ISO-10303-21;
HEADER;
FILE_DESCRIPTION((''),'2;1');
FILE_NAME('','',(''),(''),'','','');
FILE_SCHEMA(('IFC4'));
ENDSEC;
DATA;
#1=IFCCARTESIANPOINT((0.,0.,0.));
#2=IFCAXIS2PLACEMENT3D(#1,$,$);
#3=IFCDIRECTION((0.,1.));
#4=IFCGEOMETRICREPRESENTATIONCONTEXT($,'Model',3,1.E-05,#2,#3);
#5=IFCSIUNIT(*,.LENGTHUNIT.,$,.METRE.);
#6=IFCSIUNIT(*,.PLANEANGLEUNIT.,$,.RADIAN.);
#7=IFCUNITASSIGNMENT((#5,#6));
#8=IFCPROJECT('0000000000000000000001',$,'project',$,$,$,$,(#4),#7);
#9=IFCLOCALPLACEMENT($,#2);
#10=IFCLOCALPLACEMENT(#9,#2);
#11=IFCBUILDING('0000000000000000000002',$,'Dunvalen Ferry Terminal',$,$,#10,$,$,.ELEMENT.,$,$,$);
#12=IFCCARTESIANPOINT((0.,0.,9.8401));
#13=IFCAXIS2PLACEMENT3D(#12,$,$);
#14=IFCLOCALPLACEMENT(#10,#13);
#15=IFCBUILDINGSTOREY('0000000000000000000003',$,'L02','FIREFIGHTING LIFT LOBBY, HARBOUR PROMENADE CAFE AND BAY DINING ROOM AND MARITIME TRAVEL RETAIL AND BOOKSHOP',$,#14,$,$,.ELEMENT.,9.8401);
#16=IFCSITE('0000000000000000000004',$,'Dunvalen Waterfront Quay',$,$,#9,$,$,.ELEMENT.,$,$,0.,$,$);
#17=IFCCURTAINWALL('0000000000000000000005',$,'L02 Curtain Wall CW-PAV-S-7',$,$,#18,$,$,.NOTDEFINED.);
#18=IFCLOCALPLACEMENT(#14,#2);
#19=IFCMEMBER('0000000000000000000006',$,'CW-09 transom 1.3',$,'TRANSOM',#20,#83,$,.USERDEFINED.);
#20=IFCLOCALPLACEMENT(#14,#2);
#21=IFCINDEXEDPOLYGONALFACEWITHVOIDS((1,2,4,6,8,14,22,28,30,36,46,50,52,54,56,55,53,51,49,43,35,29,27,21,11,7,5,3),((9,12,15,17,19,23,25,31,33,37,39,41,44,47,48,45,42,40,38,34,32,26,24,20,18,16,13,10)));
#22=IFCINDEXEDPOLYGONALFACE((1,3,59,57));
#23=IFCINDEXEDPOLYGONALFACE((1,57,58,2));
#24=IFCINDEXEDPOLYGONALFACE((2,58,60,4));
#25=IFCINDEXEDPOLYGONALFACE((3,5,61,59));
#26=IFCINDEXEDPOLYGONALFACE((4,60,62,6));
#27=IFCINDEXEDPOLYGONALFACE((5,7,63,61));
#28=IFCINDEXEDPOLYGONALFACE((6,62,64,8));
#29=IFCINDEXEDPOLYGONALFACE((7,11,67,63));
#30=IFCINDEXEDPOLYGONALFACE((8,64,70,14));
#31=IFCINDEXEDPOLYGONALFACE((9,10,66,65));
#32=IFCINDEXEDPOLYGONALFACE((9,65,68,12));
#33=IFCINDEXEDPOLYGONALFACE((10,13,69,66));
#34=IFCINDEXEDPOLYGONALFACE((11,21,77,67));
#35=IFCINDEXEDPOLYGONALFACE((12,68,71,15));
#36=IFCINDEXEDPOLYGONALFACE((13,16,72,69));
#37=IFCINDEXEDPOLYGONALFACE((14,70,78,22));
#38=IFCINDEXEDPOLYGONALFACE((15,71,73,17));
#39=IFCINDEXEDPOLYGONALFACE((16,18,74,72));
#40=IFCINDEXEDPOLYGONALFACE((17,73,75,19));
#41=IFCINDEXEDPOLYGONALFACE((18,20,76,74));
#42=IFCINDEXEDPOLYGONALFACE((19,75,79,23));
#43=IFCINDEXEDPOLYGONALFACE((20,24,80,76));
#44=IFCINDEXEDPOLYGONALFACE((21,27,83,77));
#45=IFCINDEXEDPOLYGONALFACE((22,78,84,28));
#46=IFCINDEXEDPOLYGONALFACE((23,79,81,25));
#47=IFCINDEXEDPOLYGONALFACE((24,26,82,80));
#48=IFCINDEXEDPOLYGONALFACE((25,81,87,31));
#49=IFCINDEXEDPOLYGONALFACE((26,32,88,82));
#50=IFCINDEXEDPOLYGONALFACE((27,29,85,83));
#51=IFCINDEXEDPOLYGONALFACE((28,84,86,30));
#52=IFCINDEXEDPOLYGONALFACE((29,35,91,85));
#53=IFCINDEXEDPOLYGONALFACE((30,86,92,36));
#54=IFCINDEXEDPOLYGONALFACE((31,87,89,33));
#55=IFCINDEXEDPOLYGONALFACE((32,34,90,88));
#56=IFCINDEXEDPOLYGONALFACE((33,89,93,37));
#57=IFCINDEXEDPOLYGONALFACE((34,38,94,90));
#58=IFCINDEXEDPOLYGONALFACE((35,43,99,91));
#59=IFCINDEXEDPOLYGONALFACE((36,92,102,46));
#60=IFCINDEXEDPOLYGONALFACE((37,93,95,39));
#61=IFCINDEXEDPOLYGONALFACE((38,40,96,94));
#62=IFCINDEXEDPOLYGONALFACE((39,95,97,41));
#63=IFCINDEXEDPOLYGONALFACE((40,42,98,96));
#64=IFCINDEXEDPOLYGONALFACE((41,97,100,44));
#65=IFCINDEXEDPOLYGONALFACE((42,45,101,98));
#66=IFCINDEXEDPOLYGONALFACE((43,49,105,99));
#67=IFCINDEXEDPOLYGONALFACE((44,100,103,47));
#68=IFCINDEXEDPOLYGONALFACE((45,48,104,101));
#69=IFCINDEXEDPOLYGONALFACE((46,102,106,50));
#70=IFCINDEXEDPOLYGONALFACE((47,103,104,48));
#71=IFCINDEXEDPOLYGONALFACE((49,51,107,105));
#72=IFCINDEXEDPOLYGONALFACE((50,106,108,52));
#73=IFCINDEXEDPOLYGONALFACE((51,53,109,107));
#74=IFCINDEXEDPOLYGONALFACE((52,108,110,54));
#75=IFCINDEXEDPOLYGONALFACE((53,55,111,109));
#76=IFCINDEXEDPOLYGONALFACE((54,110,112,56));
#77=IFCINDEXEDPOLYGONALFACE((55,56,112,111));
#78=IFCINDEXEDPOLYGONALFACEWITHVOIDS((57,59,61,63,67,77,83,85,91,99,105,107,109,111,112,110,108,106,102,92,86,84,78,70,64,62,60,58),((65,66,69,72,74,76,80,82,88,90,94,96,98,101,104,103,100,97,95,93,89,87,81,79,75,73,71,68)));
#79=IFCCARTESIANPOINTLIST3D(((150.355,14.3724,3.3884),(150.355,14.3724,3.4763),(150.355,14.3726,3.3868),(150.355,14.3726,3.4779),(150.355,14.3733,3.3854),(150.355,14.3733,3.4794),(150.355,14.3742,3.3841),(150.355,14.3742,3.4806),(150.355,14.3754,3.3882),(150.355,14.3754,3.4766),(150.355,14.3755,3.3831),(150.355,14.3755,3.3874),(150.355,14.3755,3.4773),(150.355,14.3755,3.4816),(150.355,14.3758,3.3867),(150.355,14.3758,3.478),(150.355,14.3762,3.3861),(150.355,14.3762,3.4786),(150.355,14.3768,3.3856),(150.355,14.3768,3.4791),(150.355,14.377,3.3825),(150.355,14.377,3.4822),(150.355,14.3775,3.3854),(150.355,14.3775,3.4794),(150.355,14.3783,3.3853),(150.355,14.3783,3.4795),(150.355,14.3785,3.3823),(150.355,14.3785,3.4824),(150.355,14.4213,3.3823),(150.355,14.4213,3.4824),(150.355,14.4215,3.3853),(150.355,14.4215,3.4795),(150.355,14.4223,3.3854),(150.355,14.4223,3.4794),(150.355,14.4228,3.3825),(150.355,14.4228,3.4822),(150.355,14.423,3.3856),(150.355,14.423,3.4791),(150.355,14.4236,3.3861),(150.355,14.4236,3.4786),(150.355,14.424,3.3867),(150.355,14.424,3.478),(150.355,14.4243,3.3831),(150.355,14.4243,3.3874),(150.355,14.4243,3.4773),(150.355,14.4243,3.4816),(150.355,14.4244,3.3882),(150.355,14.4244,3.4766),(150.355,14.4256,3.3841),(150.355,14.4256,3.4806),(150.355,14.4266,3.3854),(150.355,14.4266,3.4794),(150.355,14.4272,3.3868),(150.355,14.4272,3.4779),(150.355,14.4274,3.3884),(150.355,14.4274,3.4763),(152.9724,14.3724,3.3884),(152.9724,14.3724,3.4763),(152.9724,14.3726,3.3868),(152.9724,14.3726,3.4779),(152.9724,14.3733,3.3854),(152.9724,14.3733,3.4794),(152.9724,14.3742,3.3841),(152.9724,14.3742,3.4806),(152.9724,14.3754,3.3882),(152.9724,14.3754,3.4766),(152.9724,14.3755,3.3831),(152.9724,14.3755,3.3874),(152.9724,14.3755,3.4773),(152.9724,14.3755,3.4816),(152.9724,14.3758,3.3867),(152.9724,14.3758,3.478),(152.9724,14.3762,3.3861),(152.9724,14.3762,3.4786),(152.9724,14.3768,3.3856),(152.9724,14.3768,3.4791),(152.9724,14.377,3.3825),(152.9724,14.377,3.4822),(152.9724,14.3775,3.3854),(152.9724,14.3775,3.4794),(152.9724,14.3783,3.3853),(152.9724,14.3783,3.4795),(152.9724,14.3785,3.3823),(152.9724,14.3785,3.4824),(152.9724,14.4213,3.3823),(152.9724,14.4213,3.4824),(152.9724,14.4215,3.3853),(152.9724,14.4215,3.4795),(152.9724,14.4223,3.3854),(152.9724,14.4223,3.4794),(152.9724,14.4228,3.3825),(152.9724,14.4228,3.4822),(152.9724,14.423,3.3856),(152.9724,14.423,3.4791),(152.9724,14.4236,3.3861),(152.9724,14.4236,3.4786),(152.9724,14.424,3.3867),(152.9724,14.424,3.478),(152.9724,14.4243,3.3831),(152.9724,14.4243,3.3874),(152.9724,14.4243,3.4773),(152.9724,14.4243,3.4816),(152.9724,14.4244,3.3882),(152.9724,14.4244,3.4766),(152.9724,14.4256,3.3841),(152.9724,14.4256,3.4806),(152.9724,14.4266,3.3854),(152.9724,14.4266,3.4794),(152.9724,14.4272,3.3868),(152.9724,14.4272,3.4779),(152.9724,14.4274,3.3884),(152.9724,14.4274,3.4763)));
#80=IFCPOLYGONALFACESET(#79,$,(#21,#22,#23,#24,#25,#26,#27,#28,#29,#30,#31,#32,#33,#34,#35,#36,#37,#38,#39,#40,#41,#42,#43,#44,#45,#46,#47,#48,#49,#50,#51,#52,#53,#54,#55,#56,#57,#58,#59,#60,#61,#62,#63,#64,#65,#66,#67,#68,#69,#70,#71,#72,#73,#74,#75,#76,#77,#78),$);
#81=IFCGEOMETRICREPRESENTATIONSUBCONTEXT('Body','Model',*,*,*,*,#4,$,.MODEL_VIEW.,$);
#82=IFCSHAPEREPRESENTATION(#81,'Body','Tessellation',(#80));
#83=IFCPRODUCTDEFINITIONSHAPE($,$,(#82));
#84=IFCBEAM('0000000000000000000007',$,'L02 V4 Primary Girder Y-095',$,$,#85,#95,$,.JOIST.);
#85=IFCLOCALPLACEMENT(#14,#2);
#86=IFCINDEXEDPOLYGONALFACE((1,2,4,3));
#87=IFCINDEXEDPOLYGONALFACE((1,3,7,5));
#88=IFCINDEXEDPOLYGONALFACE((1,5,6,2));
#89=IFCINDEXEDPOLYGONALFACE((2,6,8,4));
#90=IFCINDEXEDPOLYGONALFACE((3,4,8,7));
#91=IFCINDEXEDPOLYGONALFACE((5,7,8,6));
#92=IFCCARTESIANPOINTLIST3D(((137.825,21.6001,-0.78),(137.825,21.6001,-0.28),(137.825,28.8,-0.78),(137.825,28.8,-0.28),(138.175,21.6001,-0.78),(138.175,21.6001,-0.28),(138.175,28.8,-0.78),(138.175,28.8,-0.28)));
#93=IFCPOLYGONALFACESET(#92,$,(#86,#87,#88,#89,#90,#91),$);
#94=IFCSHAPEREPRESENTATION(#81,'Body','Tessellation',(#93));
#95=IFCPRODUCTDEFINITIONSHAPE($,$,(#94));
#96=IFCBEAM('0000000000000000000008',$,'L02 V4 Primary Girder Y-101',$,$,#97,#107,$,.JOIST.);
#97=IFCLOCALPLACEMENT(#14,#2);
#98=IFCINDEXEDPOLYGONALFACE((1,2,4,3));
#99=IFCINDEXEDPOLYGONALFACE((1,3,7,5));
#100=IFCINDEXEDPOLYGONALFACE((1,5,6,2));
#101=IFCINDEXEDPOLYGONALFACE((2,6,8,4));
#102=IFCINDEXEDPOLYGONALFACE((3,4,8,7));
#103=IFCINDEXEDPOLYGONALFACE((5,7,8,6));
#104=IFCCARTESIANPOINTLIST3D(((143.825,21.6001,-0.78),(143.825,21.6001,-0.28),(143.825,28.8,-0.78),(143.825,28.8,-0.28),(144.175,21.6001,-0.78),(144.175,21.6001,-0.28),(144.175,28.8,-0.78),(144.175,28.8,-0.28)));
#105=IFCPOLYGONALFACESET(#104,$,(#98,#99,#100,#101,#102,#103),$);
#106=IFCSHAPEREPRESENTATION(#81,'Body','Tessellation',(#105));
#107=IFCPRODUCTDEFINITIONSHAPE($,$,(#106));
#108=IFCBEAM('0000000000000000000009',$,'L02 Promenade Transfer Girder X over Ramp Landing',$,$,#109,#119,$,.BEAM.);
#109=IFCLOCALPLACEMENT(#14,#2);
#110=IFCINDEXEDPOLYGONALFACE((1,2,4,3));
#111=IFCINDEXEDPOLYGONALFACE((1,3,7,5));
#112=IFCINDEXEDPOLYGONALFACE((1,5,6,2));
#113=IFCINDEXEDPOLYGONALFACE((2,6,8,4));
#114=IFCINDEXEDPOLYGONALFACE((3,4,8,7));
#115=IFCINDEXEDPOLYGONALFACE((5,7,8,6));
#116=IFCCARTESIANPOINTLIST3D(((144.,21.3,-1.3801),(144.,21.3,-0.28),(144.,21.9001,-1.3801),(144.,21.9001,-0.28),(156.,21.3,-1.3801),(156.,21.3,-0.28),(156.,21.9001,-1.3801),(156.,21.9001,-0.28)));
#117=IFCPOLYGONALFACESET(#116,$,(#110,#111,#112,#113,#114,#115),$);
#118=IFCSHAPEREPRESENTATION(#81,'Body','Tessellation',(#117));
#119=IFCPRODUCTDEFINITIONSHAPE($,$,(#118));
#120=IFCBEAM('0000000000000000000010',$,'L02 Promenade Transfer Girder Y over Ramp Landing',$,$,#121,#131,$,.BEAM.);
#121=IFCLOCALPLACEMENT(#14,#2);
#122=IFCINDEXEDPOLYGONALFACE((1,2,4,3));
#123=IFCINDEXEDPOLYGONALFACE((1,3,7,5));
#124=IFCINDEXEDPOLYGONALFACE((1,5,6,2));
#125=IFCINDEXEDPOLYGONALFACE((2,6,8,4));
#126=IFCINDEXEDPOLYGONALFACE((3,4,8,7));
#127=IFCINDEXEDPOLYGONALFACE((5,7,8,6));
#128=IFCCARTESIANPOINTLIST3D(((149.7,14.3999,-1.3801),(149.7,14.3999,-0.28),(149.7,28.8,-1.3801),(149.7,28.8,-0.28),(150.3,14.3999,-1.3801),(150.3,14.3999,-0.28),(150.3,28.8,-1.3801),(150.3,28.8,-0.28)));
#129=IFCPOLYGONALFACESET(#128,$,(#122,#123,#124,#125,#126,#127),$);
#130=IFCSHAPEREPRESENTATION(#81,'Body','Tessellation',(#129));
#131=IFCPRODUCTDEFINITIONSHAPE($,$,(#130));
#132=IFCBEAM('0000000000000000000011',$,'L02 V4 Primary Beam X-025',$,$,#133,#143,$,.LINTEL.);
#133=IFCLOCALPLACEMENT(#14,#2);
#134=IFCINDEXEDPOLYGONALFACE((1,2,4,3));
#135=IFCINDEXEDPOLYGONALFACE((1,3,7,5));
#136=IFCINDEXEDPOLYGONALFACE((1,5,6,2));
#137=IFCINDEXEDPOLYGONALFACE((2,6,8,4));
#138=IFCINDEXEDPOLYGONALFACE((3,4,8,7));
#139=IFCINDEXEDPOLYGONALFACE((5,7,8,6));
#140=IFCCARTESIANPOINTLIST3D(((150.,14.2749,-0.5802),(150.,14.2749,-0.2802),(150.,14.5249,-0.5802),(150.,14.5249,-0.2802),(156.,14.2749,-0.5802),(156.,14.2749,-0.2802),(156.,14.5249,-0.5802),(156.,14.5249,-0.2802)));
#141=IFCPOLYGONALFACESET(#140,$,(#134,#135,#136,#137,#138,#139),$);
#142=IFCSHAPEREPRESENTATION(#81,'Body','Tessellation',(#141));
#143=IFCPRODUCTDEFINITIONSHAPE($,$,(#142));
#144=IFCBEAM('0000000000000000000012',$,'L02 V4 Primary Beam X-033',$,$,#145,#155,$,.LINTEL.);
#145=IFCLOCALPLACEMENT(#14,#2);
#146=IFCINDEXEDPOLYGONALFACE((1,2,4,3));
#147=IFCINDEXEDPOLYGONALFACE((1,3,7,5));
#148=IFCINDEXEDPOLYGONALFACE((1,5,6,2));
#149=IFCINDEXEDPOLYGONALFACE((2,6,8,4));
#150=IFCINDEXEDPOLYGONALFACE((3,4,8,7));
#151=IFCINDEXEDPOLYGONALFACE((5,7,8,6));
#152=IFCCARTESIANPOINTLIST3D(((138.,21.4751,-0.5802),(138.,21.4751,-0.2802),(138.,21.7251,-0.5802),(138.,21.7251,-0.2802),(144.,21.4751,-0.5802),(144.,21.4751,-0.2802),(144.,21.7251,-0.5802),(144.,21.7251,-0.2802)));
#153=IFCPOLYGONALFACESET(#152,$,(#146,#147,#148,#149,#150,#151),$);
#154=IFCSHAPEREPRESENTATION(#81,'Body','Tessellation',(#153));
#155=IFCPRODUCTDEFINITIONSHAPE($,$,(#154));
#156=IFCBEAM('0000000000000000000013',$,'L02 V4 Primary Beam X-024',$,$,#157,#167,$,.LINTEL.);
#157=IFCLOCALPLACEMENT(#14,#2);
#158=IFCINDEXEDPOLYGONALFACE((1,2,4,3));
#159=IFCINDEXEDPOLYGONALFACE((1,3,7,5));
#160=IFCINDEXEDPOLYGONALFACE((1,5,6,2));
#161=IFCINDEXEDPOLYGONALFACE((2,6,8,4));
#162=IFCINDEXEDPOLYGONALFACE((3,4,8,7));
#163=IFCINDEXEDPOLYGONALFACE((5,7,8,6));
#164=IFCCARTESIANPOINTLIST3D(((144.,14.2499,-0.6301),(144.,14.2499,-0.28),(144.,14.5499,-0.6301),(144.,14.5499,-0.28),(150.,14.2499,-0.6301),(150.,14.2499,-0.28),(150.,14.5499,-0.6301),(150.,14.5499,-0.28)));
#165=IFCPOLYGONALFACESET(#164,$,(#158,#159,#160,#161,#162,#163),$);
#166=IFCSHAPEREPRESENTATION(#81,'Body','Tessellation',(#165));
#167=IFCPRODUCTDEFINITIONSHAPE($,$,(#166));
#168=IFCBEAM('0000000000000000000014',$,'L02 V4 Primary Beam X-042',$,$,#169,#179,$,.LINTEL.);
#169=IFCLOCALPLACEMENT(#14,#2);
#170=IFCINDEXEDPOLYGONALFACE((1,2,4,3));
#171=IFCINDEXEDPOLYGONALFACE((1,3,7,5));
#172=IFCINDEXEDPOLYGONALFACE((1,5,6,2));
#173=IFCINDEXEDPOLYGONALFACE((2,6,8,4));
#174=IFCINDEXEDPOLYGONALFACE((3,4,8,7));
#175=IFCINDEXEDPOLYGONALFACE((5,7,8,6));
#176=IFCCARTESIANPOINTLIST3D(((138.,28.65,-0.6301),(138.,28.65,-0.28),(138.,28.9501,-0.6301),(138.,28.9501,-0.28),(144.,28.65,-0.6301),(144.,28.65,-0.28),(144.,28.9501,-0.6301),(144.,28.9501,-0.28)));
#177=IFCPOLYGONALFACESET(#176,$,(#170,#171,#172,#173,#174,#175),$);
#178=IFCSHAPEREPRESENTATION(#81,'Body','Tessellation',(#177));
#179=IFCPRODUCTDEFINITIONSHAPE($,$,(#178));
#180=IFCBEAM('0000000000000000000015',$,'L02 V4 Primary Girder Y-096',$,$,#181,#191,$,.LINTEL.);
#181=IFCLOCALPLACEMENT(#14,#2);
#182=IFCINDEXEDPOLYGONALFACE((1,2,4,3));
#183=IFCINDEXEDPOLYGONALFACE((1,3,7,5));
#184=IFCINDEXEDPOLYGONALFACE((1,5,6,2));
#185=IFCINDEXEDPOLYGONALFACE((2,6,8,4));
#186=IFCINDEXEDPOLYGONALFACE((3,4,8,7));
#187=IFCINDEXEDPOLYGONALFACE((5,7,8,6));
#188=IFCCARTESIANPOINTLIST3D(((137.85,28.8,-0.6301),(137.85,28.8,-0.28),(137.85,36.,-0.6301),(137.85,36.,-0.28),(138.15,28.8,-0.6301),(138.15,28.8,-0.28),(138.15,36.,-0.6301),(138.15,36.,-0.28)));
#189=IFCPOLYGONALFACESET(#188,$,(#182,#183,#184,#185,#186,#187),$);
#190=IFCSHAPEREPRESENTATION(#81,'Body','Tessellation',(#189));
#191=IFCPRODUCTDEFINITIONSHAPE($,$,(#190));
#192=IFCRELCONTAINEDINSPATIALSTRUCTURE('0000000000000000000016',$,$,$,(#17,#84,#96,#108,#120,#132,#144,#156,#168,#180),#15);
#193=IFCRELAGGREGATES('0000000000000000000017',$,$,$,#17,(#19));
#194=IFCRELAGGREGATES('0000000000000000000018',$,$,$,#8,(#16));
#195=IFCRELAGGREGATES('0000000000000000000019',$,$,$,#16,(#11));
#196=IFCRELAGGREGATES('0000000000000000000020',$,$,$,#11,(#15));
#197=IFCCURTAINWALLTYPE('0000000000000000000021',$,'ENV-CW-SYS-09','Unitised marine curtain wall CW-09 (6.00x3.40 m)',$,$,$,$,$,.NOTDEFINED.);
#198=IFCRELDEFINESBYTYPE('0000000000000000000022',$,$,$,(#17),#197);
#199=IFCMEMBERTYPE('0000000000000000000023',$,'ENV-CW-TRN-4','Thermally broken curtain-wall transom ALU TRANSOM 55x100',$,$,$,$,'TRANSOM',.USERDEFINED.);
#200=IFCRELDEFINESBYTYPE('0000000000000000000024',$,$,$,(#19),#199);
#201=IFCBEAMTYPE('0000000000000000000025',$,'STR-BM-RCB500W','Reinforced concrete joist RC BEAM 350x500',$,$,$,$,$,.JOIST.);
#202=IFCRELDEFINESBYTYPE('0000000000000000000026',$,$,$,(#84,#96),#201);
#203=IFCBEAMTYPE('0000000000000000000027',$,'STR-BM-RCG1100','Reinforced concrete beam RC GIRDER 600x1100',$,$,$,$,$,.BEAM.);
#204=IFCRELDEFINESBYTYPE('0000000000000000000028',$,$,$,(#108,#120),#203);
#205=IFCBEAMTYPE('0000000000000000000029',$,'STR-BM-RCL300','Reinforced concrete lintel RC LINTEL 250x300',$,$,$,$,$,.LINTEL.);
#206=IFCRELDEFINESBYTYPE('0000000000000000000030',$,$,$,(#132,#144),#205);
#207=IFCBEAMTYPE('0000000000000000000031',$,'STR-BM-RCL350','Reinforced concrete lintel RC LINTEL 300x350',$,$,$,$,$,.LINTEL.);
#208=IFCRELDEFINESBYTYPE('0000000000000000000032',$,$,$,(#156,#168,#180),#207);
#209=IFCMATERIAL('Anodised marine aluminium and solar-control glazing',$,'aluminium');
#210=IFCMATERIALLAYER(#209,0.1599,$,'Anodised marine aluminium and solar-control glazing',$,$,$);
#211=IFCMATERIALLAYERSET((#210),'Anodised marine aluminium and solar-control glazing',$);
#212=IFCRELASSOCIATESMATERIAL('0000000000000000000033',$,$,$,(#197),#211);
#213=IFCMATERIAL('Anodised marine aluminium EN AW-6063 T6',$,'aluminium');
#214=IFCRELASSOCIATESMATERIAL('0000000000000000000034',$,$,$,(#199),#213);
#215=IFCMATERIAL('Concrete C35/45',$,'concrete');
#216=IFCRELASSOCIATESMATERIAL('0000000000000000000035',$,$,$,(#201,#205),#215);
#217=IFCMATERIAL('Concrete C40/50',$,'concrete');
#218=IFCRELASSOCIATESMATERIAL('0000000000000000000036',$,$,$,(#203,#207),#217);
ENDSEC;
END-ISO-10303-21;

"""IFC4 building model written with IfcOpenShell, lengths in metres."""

from ifc_helpers import new_model, si_unit, direction, frame, origin, origin_2d, place, context, subcontext, project, spatial, rectangle, hollow_rectangle, extrude, material, layer, layer_set, material_profile, profile_set, type_object, element, aggregate, save


model = new_model("IFC4")

# Units and contexts
model_context = context("Model", 3, precision=1e-05, world=origin(), true_north=direction((0.0, 1.0)))
body_context = subcontext(model_context, "Body", "Model", "MODEL_VIEW")
ifc_project = project(units=[si_unit("LENGTHUNIT", "METRE"), si_unit("PLANEANGLEUNIT", "RADIAN")], contexts=[model_context])

# Site, building, storey
site_placement = place(None, origin())
site = spatial("IfcSite", under=ifc_project, at=site_placement, Name="Dunvalen Waterfront Quay", CompositionType="ELEMENT", RefElevation=0.0)
building_placement = place(site_placement, origin())
building = spatial("IfcBuilding", under=site, at=building_placement, Name="Dunvalen Ferry Terminal", CompositionType="ELEMENT")
storey_placement = place(building_placement, frame((0.0, 0.0, 9.8401)))
storey = spatial("IfcBuildingStorey", under=building, at=storey_placement, Name="L02", Description="FIREFIGHTING LIFT LOBBY, HARBOUR PROMENADE CAFE AND BAY DINING ROOM AND MARITIME TRAVEL RETAIL AND BOOKSHOP", CompositionType="ELEMENT", Elevation=9.8401)

# Curtain wall, member
ifc_material_1 = material(Name="Anodised marine aluminium and solar-control glazing", Category="aluminium")
ifc_layer_1 = layer(ifc_material_1, 0.1599, Name="Anodised marine aluminium and solar-control glazing")
ifc_layer_set_1 = layer_set([ifc_layer_1], Name="Anodised marine aluminium and solar-control glazing")
curtain_wall_type = type_object("IfcCurtainWallType", Name="ENV-CW-SYS-09", Description="Unitised marine curtain wall CW-09 (6.00x3.40 m)", PredefinedType="NOTDEFINED", material=ifc_layer_set_1)
curtain_wall_placement = place(storey_placement, origin())
curtain_wall = element("IfcCurtainWall", 1, at=curtain_wall_placement, inside=storey, type_object=curtain_wall_type, Name="L02 Curtain Wall CW-PAV-S-7", PredefinedType="NOTDEFINED")
ifc_material_2 = material(Name="Anodised marine aluminium EN AW-6063 T6", Category="aluminium")
ifc_material_profile_1 = material_profile(ifc_material_2, hollow_rectangle(XDim=0.0549, YDim=0.1001, WallThickness=0.0029, InnerFilletRadius=0.0029, OuterFilletRadius=0.0061, at=origin_2d()), Name="Anodised marine aluminium EN AW-6063 T6")
ifc_profile_set_1 = profile_set([ifc_material_profile_1], Name="Anodised marine aluminium EN AW-6063 T6")
member_type_1 = type_object("IfcMemberType", Name="ENV-CW-TRN-4", Description="Thermally broken curtain-wall transom ALU TRANSOM 55x100", ElementType="TRANSOM", PredefinedType="USERDEFINED", material=ifc_profile_set_1)
member_1_placement = place(storey_placement, frame((150.355, 14.3999, 3.4324), z_axis=(1.0, 0.0, 0.0), x_axis=(0.0, 1.0, 0.0)))
member_1 = element("IfcMember", 2, at=member_1_placement, type_object=member_type_1, Name="CW-09 transom 1.3", ObjectType="TRANSOM", PredefinedType="USERDEFINED", context=body_context, shape_type="SweptSolid", body=[
    extrude(hollow_rectangle(XDim=0.0549, YDim=0.1001, WallThickness=0.0029, InnerFilletRadius=0.0029, OuterFilletRadius=0.0061, at=origin_2d()), origin(), (0.0, 0.0, 1.0), 2.6174),
])

# Beams
ifc_material_3 = material(Name="Concrete C35/45", Category="concrete")
ifc_material_profile_2 = material_profile(ifc_material_3, rectangle(XDim=0.3501, YDim=0.5, at=origin_2d()), Name="Concrete C35/45")
ifc_profile_set_2 = profile_set([ifc_material_profile_2], Name="Concrete C35/45")
beam_type_1 = type_object("IfcBeamType", Name="STR-BM-RCB500W", Description="Reinforced concrete joist RC BEAM 350x500", PredefinedType="JOIST", material=ifc_profile_set_2)
for number, where, z_axis, x_axis, name in (
    (3, (138.0, 21.6001, -0.53), (0.0, 1.0, 0.0), (-1.0, 0.0, 0.0), "L02 V4 Primary Girder Y-095"),
    (4, (144.0, 21.6001, -0.53), (0.0, 1.0, 0.0), (-1.0, 0.0, 0.0), "L02 V4 Primary Girder Y-101"),
):
    element("IfcBeam", number, at=place(storey_placement, frame(where, z_axis=z_axis, x_axis=x_axis)), inside=storey, type_object=beam_type_1, Name=name, PredefinedType="JOIST", context=body_context, shape_type="SweptSolid", body=[
        extrude(rectangle(XDim=0.3501, YDim=0.5, at=origin_2d()), origin(), (0.0, 0.0, 1.0), 7.2),
    ])
ifc_material_4 = material(Name="Concrete C40/50", Category="concrete")
ifc_material_profile_3 = material_profile(ifc_material_4, rectangle(XDim=0.6001, YDim=1.1001, at=origin_2d()), Name="Concrete C40/50")
ifc_profile_set_3 = profile_set([ifc_material_profile_3], Name="Concrete C40/50")
beam_type_2 = type_object("IfcBeamType", Name="STR-BM-RCG1100", Description="Reinforced concrete beam RC GIRDER 600x1100", PredefinedType="BEAM", material=ifc_profile_set_3)
beam_1_placement = place(storey_placement, frame((144.0, 21.6001, -0.8301), z_axis=(1.0, 0.0, 0.0), x_axis=(0.0, 1.0, 0.0)))
element("IfcBeam", 5, at=beam_1_placement, inside=storey, type_object=beam_type_2, Name="L02 Promenade Transfer Girder X over Ramp Landing", PredefinedType="BEAM", context=body_context, shape_type="SweptSolid", body=[
    extrude(rectangle(XDim=0.6001, YDim=1.1001, at=origin_2d()), origin(), (0.0, 0.0, 1.0), 12.0),
])
beam_2_placement = place(storey_placement, frame((150.0, 14.3999, -0.8301), z_axis=(0.0, 1.0, 0.0), x_axis=(-1.0, 0.0, 0.0)))
element("IfcBeam", 6, at=beam_2_placement, inside=storey, type_object=beam_type_2, Name="L02 Promenade Transfer Girder Y over Ramp Landing", PredefinedType="BEAM", context=body_context, shape_type="SweptSolid", body=[
    extrude(rectangle(XDim=0.6001, YDim=1.1001, at=origin_2d()), origin(), (0.0, 0.0, 1.0), 14.4001),
])
ifc_material_profile_4 = material_profile(ifc_material_3, rectangle(XDim=0.25, YDim=0.3, at=origin_2d()), Name="Concrete C35/45")
ifc_profile_set_4 = profile_set([ifc_material_profile_4], Name="Concrete C35/45")
beam_type_3 = type_object("IfcBeamType", Name="STR-BM-RCL300", Description="Reinforced concrete lintel RC LINTEL 250x300", PredefinedType="LINTEL", material=ifc_profile_set_4)
for number, where, z_axis, x_axis, name in (
    (7, (150.0, 14.3999, -0.4302), (1.0, 0.0, 0.0), (0.0, 1.0, 0.0), "L02 V4 Primary Beam X-025"),
    (8, (138.0, 21.6001, -0.4302), (1.0, 0.0, 0.0), (0.0, 1.0, 0.0), "L02 V4 Primary Beam X-033"),
):
    element("IfcBeam", number, at=place(storey_placement, frame(where, z_axis=z_axis, x_axis=x_axis)), inside=storey, type_object=beam_type_3, Name=name, PredefinedType="LINTEL", context=body_context, shape_type="SweptSolid", body=[
        extrude(rectangle(XDim=0.25, YDim=0.3, at=origin_2d()), origin(), (0.0, 0.0, 1.0), 6.0),
    ])
ifc_material_profile_5 = material_profile(ifc_material_4, rectangle(XDim=0.3, YDim=0.3501, at=origin_2d()), Name="Concrete C40/50")
ifc_profile_set_5 = profile_set([ifc_material_profile_5], Name="Concrete C40/50")
beam_type_4 = type_object("IfcBeamType", Name="STR-BM-RCL350", Description="Reinforced concrete lintel RC LINTEL 300x350", PredefinedType="LINTEL", material=ifc_profile_set_5)
for number, where, z_axis, x_axis, name in (
    (9, (144.0, 14.3999, -0.4551), (1.0, 0.0, 0.0), (0.0, 1.0, 0.0), "L02 V4 Primary Beam X-024"),
    (10, (138.0, 28.8, -0.4551), (1.0, 0.0, 0.0), (0.0, 1.0, 0.0), "L02 V4 Primary Beam X-042"),
):
    element("IfcBeam", number, at=place(storey_placement, frame(where, z_axis=z_axis, x_axis=x_axis)), inside=storey, type_object=beam_type_4, Name=name, PredefinedType="LINTEL", context=body_context, shape_type="SweptSolid", body=[
        extrude(rectangle(XDim=0.3, YDim=0.3501, at=origin_2d()), origin(), (0.0, 0.0, 1.0), 6.0),
    ])
beam_3_placement = place(storey_placement, frame((138.0, 28.8, -0.4551), z_axis=(0.0, 1.0, 0.0), x_axis=(-1.0, 0.0, 0.0)))
element("IfcBeam", 11, at=beam_3_placement, inside=storey, type_object=beam_type_4, Name="L02 V4 Primary Girder Y-096", PredefinedType="LINTEL", context=body_context, shape_type="SweptSolid", body=[
    extrude(rectangle(XDim=0.3, YDim=0.3501, at=origin_2d()), origin(), (0.0, 0.0, 1.0), 7.2),
])

aggregate(curtain_wall, [member_1])

save(model, "model.ifc")
